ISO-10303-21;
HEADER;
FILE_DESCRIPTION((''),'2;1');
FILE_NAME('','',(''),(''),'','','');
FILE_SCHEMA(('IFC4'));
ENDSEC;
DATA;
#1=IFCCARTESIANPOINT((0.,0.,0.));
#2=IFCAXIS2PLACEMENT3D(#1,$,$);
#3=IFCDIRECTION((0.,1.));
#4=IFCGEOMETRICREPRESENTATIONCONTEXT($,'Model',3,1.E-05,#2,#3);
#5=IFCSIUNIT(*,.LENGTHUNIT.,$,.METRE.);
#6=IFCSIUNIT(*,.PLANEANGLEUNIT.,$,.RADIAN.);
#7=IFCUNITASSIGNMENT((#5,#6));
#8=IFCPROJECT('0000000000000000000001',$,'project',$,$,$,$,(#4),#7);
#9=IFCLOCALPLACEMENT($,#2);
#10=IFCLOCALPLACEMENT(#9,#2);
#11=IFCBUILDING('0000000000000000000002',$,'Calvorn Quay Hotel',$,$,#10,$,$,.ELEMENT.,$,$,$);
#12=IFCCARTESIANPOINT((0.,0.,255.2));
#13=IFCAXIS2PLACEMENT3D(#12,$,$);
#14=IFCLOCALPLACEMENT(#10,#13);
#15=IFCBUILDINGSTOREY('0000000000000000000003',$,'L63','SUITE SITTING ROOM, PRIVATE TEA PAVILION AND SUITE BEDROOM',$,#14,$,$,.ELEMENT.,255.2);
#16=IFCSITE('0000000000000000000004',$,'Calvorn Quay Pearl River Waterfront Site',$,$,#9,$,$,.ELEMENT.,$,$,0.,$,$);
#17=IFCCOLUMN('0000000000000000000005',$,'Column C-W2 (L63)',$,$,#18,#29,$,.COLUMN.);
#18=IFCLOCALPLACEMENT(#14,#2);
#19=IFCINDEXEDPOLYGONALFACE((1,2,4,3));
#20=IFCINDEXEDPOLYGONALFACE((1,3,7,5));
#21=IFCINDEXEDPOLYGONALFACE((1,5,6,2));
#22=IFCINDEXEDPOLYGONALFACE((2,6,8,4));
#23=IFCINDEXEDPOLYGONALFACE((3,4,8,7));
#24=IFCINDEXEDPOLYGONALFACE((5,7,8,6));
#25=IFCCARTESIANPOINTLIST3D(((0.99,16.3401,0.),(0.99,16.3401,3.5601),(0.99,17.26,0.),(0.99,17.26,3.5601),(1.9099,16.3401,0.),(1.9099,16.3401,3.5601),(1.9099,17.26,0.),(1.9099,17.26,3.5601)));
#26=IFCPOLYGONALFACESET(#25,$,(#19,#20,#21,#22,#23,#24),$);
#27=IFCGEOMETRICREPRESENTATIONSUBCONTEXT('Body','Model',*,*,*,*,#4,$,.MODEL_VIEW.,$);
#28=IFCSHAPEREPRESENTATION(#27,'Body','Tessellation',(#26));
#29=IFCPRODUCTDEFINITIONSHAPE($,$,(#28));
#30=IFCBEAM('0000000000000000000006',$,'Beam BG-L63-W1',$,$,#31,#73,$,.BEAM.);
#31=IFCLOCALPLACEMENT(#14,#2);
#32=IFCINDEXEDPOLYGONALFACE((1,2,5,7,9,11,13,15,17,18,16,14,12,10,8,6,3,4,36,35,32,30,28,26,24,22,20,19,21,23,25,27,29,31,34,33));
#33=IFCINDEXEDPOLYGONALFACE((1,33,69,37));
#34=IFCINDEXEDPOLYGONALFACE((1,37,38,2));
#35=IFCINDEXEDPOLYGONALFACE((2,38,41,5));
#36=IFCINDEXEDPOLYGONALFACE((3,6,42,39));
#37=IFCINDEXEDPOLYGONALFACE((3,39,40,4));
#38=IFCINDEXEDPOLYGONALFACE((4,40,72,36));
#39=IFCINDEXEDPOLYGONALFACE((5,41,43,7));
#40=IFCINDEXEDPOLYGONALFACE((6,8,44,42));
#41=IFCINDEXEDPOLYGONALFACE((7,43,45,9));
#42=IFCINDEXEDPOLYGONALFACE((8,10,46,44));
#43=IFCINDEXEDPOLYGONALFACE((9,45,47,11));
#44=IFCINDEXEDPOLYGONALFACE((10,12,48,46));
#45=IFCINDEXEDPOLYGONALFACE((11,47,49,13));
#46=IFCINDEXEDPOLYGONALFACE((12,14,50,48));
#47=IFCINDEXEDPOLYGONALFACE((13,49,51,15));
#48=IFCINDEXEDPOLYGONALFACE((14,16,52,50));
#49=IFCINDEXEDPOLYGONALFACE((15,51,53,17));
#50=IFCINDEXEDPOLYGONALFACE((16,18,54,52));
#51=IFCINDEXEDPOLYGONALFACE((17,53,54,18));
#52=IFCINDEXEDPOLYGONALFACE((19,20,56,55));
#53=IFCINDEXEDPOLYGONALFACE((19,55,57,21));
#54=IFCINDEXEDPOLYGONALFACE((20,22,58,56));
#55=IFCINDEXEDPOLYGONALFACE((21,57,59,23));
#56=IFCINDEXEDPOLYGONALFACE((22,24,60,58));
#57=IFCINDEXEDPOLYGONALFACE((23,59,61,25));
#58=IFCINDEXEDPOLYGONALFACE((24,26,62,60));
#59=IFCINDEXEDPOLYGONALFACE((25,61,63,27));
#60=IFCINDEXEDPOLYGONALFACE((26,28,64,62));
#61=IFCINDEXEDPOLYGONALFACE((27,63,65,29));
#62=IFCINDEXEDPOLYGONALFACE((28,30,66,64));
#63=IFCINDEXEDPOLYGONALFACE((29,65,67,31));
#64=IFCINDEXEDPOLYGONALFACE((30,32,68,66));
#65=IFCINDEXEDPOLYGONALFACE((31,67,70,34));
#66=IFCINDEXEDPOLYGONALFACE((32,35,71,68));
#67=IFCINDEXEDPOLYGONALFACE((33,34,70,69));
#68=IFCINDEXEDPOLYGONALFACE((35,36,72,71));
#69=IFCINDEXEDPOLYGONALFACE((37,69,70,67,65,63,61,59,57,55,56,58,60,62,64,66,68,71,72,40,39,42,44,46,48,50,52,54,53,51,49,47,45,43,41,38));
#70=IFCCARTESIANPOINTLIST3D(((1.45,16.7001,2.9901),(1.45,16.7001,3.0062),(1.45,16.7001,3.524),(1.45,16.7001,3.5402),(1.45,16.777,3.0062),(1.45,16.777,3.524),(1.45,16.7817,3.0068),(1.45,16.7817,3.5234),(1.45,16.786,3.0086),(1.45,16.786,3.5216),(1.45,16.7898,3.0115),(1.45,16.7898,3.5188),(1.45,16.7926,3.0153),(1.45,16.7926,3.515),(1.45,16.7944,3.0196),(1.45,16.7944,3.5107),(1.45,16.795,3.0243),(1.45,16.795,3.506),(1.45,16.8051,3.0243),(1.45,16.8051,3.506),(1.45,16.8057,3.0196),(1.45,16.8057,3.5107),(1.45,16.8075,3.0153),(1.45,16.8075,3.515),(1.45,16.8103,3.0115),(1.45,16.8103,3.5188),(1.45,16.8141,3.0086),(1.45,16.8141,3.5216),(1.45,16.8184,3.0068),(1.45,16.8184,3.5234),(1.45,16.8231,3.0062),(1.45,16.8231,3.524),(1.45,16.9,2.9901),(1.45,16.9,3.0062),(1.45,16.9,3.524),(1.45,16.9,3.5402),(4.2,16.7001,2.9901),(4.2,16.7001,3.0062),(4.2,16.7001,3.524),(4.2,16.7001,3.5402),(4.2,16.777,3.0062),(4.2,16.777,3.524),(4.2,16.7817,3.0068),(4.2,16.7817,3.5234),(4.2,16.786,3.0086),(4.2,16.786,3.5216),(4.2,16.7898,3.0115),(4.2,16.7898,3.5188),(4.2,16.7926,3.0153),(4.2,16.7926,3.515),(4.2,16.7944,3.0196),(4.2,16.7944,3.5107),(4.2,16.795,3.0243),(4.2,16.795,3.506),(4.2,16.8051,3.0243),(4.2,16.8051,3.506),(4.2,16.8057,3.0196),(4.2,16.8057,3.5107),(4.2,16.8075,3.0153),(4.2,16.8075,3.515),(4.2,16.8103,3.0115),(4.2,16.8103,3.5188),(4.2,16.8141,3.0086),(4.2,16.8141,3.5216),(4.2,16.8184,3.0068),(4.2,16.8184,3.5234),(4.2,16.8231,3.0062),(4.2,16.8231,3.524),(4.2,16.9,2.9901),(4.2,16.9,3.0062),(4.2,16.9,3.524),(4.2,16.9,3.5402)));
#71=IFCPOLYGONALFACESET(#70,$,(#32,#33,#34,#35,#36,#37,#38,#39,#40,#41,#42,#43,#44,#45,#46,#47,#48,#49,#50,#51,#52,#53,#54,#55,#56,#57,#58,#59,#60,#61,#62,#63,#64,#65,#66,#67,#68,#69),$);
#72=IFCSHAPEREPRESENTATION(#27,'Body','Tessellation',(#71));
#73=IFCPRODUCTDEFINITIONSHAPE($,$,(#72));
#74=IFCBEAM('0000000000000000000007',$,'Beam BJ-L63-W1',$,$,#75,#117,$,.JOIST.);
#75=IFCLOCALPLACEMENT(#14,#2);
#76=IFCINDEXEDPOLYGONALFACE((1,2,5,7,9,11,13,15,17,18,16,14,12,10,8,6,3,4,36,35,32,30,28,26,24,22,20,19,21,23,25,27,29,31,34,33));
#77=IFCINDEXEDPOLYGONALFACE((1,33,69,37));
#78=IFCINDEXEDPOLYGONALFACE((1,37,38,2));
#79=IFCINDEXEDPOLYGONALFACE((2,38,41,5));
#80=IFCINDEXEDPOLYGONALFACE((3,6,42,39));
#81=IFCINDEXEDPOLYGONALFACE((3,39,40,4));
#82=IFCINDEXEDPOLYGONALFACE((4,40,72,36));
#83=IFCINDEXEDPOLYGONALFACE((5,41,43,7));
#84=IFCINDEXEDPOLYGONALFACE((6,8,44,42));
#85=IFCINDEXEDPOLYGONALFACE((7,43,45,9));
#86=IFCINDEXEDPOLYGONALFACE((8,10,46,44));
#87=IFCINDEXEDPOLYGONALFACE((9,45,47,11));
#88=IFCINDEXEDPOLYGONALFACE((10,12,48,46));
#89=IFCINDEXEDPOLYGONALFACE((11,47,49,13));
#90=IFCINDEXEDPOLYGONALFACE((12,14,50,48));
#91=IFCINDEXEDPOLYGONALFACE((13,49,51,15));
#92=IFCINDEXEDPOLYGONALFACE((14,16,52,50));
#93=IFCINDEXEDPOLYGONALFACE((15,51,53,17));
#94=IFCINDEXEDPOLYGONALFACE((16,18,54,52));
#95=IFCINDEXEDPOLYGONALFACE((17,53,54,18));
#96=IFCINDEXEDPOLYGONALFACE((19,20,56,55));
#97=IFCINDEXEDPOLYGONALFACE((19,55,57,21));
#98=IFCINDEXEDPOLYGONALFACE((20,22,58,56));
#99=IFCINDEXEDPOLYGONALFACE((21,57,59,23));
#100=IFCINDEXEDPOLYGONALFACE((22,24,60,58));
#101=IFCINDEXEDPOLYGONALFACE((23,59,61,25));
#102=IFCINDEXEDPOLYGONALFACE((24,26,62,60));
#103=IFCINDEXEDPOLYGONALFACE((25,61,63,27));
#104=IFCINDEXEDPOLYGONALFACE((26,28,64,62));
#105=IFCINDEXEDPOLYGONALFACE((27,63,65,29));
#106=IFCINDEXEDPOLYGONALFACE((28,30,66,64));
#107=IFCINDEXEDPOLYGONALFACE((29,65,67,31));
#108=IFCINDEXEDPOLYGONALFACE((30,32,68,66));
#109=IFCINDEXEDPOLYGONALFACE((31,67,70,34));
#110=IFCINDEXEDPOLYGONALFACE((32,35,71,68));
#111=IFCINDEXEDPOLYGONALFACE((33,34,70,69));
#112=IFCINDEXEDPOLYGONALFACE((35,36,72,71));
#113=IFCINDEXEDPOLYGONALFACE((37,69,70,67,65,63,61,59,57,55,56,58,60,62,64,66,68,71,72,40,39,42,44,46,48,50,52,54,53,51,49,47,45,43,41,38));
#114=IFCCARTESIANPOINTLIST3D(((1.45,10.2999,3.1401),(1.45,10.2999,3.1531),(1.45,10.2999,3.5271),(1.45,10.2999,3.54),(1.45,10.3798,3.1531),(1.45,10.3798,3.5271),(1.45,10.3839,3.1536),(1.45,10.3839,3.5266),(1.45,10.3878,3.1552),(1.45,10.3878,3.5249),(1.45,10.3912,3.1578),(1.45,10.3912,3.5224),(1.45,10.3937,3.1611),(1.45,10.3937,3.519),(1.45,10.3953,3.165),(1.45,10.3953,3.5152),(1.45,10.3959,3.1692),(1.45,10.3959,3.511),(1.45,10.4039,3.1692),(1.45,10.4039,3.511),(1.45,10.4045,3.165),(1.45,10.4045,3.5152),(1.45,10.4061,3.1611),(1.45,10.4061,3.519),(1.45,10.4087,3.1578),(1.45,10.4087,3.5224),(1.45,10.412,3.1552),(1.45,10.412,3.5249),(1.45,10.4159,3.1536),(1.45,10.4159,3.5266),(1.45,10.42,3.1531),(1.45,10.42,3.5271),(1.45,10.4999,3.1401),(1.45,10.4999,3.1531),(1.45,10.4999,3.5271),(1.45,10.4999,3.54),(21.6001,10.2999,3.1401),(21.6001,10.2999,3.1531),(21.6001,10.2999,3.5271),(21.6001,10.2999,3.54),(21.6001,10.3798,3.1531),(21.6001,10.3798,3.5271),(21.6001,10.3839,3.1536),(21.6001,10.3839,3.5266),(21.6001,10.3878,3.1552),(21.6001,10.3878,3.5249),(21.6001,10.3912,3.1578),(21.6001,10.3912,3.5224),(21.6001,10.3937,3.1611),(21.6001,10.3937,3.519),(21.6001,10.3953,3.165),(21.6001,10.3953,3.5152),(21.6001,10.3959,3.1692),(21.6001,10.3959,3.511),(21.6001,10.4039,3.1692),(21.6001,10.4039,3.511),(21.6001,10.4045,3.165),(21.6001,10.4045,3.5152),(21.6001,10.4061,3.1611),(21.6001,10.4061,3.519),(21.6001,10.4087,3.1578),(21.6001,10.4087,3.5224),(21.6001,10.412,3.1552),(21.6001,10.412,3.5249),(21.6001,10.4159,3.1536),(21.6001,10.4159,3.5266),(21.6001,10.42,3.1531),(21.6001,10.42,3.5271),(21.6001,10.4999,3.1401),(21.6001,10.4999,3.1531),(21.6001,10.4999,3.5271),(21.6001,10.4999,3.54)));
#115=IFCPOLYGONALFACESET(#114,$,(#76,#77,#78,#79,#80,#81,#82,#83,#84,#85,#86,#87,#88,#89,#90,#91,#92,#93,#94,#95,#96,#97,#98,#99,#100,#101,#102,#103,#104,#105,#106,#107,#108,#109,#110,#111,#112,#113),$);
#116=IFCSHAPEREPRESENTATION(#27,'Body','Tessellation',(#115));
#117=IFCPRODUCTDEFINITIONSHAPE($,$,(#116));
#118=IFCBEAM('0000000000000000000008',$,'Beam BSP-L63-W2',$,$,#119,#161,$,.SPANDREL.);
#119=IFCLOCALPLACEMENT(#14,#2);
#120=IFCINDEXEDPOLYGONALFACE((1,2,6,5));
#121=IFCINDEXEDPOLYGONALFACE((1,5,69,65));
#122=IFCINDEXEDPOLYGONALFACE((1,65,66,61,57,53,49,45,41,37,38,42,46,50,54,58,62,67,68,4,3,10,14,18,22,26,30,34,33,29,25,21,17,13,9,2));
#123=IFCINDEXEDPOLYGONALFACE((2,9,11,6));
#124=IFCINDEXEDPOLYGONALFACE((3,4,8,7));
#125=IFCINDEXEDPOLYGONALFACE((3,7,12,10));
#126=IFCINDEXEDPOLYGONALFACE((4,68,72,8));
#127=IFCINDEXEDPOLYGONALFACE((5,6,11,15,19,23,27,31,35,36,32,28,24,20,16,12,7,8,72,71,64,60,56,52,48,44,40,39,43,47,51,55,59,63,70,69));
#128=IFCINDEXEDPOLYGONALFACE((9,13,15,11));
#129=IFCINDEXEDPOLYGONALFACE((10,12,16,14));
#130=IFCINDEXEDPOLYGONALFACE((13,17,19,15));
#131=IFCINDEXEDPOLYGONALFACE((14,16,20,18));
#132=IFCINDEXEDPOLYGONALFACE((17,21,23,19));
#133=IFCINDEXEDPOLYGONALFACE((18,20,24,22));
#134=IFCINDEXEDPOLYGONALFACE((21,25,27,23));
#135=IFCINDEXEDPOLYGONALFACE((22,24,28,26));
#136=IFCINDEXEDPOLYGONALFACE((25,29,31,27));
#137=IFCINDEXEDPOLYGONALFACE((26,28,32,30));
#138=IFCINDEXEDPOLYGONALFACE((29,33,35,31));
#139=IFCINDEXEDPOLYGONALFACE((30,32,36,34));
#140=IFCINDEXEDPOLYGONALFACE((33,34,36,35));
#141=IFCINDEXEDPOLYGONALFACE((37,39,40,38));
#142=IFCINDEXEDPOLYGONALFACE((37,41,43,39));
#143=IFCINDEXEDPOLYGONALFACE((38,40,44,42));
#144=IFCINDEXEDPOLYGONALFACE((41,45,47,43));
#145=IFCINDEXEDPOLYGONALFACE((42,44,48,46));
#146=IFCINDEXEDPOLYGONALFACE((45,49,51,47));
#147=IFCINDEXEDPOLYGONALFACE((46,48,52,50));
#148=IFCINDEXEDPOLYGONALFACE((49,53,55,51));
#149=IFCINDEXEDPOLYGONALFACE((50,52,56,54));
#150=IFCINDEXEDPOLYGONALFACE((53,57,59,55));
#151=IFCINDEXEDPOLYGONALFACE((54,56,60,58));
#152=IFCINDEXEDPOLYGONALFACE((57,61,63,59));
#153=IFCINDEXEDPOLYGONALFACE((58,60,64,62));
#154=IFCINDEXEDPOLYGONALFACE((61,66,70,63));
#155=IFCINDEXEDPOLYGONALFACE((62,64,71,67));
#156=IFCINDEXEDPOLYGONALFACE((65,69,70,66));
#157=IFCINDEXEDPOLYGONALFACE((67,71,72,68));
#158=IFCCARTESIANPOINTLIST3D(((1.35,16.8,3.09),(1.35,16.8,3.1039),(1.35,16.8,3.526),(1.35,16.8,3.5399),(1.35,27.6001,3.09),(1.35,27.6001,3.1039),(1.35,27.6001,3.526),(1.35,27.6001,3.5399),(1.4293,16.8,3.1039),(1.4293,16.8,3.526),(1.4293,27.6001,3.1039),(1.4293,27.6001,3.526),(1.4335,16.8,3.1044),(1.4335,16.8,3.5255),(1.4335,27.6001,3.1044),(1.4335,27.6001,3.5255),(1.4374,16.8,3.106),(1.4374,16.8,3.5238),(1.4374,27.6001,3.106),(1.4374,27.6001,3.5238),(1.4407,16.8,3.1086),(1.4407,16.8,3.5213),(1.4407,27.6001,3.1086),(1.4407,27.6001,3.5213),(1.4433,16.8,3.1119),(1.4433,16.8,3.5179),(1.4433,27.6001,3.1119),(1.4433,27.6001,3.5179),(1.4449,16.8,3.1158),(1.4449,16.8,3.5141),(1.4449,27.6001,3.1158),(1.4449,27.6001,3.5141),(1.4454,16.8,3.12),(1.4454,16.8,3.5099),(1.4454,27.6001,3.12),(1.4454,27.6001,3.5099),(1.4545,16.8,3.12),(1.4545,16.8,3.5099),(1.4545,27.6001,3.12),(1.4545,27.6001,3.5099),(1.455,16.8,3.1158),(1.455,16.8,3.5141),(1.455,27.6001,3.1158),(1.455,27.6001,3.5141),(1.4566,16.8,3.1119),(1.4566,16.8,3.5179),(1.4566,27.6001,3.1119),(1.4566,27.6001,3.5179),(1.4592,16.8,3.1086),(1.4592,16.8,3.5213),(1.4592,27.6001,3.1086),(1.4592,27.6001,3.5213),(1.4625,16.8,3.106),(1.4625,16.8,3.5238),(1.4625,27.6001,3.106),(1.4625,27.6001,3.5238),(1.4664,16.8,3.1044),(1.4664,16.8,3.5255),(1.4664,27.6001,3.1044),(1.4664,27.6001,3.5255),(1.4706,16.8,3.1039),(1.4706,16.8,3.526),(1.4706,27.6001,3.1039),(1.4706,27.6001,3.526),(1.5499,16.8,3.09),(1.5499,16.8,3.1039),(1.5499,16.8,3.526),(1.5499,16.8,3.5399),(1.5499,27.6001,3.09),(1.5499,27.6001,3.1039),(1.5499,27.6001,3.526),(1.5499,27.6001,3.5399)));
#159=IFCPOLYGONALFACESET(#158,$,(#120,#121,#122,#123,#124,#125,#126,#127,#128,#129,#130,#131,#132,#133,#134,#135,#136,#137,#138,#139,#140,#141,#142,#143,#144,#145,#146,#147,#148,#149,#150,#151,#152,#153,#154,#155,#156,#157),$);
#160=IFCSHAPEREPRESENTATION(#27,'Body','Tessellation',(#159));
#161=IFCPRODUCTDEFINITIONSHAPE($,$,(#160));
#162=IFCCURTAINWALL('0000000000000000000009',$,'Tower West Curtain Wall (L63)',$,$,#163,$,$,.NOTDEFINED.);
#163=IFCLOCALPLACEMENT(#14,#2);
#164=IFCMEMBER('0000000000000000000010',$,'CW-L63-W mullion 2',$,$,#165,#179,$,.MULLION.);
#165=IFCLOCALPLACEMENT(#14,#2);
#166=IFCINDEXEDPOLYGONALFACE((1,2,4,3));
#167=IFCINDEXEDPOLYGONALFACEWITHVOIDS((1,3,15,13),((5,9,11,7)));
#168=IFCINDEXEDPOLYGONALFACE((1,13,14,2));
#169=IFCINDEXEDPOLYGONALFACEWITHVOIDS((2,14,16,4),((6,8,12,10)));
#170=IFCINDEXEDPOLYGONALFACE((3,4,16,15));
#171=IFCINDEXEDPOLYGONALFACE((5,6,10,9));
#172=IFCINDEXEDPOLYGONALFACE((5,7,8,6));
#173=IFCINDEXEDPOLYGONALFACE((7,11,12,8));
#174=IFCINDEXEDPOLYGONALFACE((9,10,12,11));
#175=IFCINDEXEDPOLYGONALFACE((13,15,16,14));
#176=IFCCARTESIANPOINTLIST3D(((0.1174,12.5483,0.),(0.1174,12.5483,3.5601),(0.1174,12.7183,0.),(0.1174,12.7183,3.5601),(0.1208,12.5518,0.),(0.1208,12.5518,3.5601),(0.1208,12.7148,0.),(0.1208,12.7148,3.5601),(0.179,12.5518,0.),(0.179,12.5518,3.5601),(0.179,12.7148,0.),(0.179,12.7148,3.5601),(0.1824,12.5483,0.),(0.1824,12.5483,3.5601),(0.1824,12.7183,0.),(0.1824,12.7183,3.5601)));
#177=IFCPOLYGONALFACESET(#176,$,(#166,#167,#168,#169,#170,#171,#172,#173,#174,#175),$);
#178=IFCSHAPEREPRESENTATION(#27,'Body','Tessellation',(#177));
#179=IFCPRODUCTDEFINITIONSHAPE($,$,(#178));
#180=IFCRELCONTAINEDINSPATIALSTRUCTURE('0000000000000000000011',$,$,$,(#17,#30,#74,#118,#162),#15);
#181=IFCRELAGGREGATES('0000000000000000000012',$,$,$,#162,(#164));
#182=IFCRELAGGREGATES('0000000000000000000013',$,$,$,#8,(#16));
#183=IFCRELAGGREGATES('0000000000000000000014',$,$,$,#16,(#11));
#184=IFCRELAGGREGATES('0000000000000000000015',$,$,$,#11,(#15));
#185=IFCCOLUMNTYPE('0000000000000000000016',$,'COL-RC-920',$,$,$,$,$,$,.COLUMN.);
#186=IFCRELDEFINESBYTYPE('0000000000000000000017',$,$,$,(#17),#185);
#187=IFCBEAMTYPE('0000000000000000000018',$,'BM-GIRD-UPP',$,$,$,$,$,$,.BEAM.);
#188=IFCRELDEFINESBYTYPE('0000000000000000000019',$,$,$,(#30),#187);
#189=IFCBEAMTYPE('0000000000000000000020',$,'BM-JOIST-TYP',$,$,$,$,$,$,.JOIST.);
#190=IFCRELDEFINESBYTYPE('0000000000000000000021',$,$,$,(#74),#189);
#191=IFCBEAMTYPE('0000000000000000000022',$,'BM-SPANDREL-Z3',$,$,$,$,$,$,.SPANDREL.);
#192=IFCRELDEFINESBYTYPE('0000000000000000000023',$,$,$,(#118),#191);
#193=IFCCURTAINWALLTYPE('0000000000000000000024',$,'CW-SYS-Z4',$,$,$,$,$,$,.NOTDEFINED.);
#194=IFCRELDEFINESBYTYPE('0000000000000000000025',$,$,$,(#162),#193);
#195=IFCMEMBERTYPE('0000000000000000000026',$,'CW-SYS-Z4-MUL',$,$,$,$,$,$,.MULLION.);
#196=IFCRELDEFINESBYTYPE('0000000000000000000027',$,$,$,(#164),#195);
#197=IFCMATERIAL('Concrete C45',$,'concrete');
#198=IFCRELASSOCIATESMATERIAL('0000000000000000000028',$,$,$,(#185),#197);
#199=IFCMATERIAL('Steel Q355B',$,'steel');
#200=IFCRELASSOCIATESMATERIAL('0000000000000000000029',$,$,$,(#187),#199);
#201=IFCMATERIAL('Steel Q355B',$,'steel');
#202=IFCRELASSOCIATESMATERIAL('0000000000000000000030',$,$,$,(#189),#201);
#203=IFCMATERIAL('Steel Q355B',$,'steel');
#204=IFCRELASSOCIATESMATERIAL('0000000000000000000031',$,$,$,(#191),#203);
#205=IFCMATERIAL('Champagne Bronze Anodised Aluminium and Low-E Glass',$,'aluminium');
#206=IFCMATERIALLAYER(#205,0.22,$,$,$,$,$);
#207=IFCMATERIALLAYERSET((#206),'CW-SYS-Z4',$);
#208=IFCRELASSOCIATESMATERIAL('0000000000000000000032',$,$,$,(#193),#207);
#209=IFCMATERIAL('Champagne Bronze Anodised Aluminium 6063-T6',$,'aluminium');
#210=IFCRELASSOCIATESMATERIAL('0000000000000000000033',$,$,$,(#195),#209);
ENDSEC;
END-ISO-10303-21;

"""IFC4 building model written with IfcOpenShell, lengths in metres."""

from ifc_helpers import new_model, si_unit, direction, frame, origin, origin_2d, place, context, subcontext, project, spatial, rectangle, hollow_rectangle, i_section, extrude, material, layer, layer_set, material_profile, profile_set, type_object, element, aggregate, save


model = new_model("IFC4")

# Units and contexts
model_context = context("Model", 3, precision=1e-05, world=origin(), true_north=direction((0.0, 1.0)))
body_context = subcontext(model_context, "Body", "Model", "MODEL_VIEW")
ifc_project = project(units=[si_unit("LENGTHUNIT", "METRE"), si_unit("PLANEANGLEUNIT", "RADIAN")], contexts=[model_context])

# Site, building, storey
site_placement = place(None, origin())
site = spatial("IfcSite", under=ifc_project, at=site_placement, Name="Calvorn Quay Pearl River Waterfront Site", CompositionType="ELEMENT", RefElevation=0.0)
building_placement = place(site_placement, origin())
building = spatial("IfcBuilding", under=site, at=building_placement, Name="Calvorn Quay Hotel", CompositionType="ELEMENT")
storey_placement = place(building_placement, frame((0.0, 0.0, 255.2)))
storey = spatial("IfcBuildingStorey", under=building, at=storey_placement, Name="L63", Description="SUITE SITTING ROOM, PRIVATE TEA PAVILION AND SUITE BEDROOM", CompositionType="ELEMENT", Elevation=255.2)

# Column
ifc_material_1 = material(Name="Concrete C45", Category="concrete")
ifc_material_profile_1 = material_profile(ifc_material_1, rectangle(XDim=0.9199, YDim=0.9199, at=origin_2d()), Name="RC920x920")
ifc_profile_set_1 = profile_set([ifc_material_profile_1], Name="Concrete C45")
column_type = type_object("IfcColumnType", Name="COL-RC-920", PredefinedType="COLUMN", material=ifc_profile_set_1)
column_placement = place(storey_placement, frame((1.45, 16.8, 0.0), z_axis=(0.0, 0.0, 1.0), x_axis=(1.0, 0.0, 0.0)))
element("IfcColumn", 1, at=column_placement, inside=storey, type_object=column_type, Name="Column C-W2 (L63)", PredefinedType="COLUMN", context=body_context, shape_type="SweptSolid", body=[
    extrude(rectangle(XDim=0.9199, YDim=0.9199, at=origin_2d()), origin(), (0.0, 0.0, 1.0), 3.5601),
])

# Beams
ifc_material_2 = material(Name="Steel Q355B", Category="steel")
ifc_material_profile_2 = material_profile(ifc_material_2, i_section(OverallWidth=0.2, OverallDepth=0.55, WebThickness=0.01, FlangeThickness=0.0161, FilletRadius=0.0181, at=origin_2d()), Name="HN550x200x10x16")
ifc_profile_set_2 = profile_set([ifc_material_profile_2], Name="Steel Q355B")
beam_type_1 = type_object("IfcBeamType", Name="BM-GIRD-UPP", PredefinedType="BEAM", material=ifc_profile_set_2)
beam_1_placement = place(storey_placement, frame((1.45, 16.8, 3.2651), z_axis=(1.0, 0.0, 0.0), x_axis=(0.0, 1.0, 0.0)))
element("IfcBeam", 2, at=beam_1_placement, inside=storey, type_object=beam_type_1, Name="Beam BG-L63-W1", PredefinedType="BEAM", context=body_context, shape_type="SweptSolid", body=[
    extrude(i_section(OverallWidth=0.2, OverallDepth=0.55, WebThickness=0.01, FlangeThickness=0.0161, FilletRadius=0.0181, at=origin_2d()), origin(), (0.0, 0.0, 1.0), 2.75),
])
ifc_material_3 = material(Name="Steel Q355B", Category="steel")
ifc_material_profile_3 = material_profile(ifc_material_3, i_section(OverallWidth=0.2, OverallDepth=0.3999, WebThickness=0.0081, FlangeThickness=0.0129, FilletRadius=0.0161, at=origin_2d()), Name="HN400x200x8x13")
ifc_profile_set_3 = profile_set([ifc_material_profile_3], Name="Steel Q355B")
beam_type_2 = type_object("IfcBeamType", Name="BM-JOIST-TYP", PredefinedType="JOIST", material=ifc_profile_set_3)
beam_2_placement = place(storey_placement, frame((1.45, 10.3999, 3.3401), z_axis=(1.0, 0.0, 0.0), x_axis=(0.0, 1.0, 0.0)))
element("IfcBeam", 3, at=beam_2_placement, inside=storey, type_object=beam_type_2, Name="Beam BJ-L63-W1", PredefinedType="JOIST", context=body_context, shape_type="SweptSolid", body=[
    extrude(i_section(OverallWidth=0.2, OverallDepth=0.3999, WebThickness=0.0081, FlangeThickness=0.0129, FilletRadius=0.0161, at=origin_2d()), origin(), (0.0, 0.0, 1.0), 20.1501),
])
ifc_material_4 = material(Name="Steel Q355B", Category="steel")
ifc_material_profile_4 = material_profile(ifc_material_4, i_section(OverallWidth=0.2, OverallDepth=0.45, WebThickness=0.009, FlangeThickness=0.0139, FilletRadius=0.0161, at=origin_2d()), Name="HN450x200x9x14")
ifc_profile_set_4 = profile_set([ifc_material_profile_4], Name="Steel Q355B")
beam_type_3 = type_object("IfcBeamType", Name="BM-SPANDREL-Z3", PredefinedType="SPANDREL", material=ifc_profile_set_4)
beam_3_placement = place(storey_placement, frame((1.45, 16.8, 3.3149), z_axis=(0.0, 1.0, 0.0), x_axis=(-1.0, 0.0, 0.0)))
element("IfcBeam", 4, at=beam_3_placement, inside=storey, type_object=beam_type_3, Name="Beam BSP-L63-W2", PredefinedType="SPANDREL", context=body_context, shape_type="SweptSolid", body=[
    extrude(i_section(OverallWidth=0.2, OverallDepth=0.45, WebThickness=0.009, FlangeThickness=0.0139, FilletRadius=0.0161, at=origin_2d()), origin(), (0.0, 0.0, 1.0), 10.8),
])

# Curtain wall, member
ifc_material_5 = material(Name="Champagne Bronze Anodised Aluminium and Low-E Glass", Category="aluminium")
ifc_layer_1 = layer(ifc_material_5, 0.22)
ifc_layer_set_1 = layer_set([ifc_layer_1], Name="CW-SYS-Z4")
curtain_wall_type = type_object("IfcCurtainWallType", Name="CW-SYS-Z4", PredefinedType="NOTDEFINED", material=ifc_layer_set_1)
curtain_wall_placement = place(storey_placement, origin())
curtain_wall = element("IfcCurtainWall", 5, at=curtain_wall_placement, inside=storey, type_object=curtain_wall_type, Name="Tower West Curtain Wall (L63)", PredefinedType="NOTDEFINED")
ifc_material_6 = material(Name="Champagne Bronze Anodised Aluminium 6063-T6", Category="aluminium")
ifc_material_profile_5 = material_profile(ifc_material_6, hollow_rectangle(XDim=0.0649, YDim=0.1699, WallThickness=0.0034, at=origin_2d()), Name="ALU-M170x65x3.5")
ifc_profile_set_5 = profile_set([ifc_material_profile_5], Name="Champagne Bronze Anodised Aluminium 6063-T6")
member_type_1 = type_object("IfcMemberType", Name="CW-SYS-Z4-MUL", PredefinedType="MULLION", material=ifc_profile_set_5)
member_1_placement = place(storey_placement, frame((0.1499, 12.6333, 0.0), z_axis=(0.0, 0.0, 1.0), x_axis=(-1.0, 0.0, 0.0)))
member_1 = element("IfcMember", 6, at=member_1_placement, type_object=member_type_1, Name="CW-L63-W mullion 2", PredefinedType="MULLION", context=body_context, shape_type="SweptSolid", body=[
    extrude(hollow_rectangle(XDim=0.0649, YDim=0.1699, WallThickness=0.0034, at=origin_2d()), origin(), (0.0, 0.0, 1.0), 3.5601),
])
aggregate(curtain_wall, [member_1])

save(model, "model.ifc")
